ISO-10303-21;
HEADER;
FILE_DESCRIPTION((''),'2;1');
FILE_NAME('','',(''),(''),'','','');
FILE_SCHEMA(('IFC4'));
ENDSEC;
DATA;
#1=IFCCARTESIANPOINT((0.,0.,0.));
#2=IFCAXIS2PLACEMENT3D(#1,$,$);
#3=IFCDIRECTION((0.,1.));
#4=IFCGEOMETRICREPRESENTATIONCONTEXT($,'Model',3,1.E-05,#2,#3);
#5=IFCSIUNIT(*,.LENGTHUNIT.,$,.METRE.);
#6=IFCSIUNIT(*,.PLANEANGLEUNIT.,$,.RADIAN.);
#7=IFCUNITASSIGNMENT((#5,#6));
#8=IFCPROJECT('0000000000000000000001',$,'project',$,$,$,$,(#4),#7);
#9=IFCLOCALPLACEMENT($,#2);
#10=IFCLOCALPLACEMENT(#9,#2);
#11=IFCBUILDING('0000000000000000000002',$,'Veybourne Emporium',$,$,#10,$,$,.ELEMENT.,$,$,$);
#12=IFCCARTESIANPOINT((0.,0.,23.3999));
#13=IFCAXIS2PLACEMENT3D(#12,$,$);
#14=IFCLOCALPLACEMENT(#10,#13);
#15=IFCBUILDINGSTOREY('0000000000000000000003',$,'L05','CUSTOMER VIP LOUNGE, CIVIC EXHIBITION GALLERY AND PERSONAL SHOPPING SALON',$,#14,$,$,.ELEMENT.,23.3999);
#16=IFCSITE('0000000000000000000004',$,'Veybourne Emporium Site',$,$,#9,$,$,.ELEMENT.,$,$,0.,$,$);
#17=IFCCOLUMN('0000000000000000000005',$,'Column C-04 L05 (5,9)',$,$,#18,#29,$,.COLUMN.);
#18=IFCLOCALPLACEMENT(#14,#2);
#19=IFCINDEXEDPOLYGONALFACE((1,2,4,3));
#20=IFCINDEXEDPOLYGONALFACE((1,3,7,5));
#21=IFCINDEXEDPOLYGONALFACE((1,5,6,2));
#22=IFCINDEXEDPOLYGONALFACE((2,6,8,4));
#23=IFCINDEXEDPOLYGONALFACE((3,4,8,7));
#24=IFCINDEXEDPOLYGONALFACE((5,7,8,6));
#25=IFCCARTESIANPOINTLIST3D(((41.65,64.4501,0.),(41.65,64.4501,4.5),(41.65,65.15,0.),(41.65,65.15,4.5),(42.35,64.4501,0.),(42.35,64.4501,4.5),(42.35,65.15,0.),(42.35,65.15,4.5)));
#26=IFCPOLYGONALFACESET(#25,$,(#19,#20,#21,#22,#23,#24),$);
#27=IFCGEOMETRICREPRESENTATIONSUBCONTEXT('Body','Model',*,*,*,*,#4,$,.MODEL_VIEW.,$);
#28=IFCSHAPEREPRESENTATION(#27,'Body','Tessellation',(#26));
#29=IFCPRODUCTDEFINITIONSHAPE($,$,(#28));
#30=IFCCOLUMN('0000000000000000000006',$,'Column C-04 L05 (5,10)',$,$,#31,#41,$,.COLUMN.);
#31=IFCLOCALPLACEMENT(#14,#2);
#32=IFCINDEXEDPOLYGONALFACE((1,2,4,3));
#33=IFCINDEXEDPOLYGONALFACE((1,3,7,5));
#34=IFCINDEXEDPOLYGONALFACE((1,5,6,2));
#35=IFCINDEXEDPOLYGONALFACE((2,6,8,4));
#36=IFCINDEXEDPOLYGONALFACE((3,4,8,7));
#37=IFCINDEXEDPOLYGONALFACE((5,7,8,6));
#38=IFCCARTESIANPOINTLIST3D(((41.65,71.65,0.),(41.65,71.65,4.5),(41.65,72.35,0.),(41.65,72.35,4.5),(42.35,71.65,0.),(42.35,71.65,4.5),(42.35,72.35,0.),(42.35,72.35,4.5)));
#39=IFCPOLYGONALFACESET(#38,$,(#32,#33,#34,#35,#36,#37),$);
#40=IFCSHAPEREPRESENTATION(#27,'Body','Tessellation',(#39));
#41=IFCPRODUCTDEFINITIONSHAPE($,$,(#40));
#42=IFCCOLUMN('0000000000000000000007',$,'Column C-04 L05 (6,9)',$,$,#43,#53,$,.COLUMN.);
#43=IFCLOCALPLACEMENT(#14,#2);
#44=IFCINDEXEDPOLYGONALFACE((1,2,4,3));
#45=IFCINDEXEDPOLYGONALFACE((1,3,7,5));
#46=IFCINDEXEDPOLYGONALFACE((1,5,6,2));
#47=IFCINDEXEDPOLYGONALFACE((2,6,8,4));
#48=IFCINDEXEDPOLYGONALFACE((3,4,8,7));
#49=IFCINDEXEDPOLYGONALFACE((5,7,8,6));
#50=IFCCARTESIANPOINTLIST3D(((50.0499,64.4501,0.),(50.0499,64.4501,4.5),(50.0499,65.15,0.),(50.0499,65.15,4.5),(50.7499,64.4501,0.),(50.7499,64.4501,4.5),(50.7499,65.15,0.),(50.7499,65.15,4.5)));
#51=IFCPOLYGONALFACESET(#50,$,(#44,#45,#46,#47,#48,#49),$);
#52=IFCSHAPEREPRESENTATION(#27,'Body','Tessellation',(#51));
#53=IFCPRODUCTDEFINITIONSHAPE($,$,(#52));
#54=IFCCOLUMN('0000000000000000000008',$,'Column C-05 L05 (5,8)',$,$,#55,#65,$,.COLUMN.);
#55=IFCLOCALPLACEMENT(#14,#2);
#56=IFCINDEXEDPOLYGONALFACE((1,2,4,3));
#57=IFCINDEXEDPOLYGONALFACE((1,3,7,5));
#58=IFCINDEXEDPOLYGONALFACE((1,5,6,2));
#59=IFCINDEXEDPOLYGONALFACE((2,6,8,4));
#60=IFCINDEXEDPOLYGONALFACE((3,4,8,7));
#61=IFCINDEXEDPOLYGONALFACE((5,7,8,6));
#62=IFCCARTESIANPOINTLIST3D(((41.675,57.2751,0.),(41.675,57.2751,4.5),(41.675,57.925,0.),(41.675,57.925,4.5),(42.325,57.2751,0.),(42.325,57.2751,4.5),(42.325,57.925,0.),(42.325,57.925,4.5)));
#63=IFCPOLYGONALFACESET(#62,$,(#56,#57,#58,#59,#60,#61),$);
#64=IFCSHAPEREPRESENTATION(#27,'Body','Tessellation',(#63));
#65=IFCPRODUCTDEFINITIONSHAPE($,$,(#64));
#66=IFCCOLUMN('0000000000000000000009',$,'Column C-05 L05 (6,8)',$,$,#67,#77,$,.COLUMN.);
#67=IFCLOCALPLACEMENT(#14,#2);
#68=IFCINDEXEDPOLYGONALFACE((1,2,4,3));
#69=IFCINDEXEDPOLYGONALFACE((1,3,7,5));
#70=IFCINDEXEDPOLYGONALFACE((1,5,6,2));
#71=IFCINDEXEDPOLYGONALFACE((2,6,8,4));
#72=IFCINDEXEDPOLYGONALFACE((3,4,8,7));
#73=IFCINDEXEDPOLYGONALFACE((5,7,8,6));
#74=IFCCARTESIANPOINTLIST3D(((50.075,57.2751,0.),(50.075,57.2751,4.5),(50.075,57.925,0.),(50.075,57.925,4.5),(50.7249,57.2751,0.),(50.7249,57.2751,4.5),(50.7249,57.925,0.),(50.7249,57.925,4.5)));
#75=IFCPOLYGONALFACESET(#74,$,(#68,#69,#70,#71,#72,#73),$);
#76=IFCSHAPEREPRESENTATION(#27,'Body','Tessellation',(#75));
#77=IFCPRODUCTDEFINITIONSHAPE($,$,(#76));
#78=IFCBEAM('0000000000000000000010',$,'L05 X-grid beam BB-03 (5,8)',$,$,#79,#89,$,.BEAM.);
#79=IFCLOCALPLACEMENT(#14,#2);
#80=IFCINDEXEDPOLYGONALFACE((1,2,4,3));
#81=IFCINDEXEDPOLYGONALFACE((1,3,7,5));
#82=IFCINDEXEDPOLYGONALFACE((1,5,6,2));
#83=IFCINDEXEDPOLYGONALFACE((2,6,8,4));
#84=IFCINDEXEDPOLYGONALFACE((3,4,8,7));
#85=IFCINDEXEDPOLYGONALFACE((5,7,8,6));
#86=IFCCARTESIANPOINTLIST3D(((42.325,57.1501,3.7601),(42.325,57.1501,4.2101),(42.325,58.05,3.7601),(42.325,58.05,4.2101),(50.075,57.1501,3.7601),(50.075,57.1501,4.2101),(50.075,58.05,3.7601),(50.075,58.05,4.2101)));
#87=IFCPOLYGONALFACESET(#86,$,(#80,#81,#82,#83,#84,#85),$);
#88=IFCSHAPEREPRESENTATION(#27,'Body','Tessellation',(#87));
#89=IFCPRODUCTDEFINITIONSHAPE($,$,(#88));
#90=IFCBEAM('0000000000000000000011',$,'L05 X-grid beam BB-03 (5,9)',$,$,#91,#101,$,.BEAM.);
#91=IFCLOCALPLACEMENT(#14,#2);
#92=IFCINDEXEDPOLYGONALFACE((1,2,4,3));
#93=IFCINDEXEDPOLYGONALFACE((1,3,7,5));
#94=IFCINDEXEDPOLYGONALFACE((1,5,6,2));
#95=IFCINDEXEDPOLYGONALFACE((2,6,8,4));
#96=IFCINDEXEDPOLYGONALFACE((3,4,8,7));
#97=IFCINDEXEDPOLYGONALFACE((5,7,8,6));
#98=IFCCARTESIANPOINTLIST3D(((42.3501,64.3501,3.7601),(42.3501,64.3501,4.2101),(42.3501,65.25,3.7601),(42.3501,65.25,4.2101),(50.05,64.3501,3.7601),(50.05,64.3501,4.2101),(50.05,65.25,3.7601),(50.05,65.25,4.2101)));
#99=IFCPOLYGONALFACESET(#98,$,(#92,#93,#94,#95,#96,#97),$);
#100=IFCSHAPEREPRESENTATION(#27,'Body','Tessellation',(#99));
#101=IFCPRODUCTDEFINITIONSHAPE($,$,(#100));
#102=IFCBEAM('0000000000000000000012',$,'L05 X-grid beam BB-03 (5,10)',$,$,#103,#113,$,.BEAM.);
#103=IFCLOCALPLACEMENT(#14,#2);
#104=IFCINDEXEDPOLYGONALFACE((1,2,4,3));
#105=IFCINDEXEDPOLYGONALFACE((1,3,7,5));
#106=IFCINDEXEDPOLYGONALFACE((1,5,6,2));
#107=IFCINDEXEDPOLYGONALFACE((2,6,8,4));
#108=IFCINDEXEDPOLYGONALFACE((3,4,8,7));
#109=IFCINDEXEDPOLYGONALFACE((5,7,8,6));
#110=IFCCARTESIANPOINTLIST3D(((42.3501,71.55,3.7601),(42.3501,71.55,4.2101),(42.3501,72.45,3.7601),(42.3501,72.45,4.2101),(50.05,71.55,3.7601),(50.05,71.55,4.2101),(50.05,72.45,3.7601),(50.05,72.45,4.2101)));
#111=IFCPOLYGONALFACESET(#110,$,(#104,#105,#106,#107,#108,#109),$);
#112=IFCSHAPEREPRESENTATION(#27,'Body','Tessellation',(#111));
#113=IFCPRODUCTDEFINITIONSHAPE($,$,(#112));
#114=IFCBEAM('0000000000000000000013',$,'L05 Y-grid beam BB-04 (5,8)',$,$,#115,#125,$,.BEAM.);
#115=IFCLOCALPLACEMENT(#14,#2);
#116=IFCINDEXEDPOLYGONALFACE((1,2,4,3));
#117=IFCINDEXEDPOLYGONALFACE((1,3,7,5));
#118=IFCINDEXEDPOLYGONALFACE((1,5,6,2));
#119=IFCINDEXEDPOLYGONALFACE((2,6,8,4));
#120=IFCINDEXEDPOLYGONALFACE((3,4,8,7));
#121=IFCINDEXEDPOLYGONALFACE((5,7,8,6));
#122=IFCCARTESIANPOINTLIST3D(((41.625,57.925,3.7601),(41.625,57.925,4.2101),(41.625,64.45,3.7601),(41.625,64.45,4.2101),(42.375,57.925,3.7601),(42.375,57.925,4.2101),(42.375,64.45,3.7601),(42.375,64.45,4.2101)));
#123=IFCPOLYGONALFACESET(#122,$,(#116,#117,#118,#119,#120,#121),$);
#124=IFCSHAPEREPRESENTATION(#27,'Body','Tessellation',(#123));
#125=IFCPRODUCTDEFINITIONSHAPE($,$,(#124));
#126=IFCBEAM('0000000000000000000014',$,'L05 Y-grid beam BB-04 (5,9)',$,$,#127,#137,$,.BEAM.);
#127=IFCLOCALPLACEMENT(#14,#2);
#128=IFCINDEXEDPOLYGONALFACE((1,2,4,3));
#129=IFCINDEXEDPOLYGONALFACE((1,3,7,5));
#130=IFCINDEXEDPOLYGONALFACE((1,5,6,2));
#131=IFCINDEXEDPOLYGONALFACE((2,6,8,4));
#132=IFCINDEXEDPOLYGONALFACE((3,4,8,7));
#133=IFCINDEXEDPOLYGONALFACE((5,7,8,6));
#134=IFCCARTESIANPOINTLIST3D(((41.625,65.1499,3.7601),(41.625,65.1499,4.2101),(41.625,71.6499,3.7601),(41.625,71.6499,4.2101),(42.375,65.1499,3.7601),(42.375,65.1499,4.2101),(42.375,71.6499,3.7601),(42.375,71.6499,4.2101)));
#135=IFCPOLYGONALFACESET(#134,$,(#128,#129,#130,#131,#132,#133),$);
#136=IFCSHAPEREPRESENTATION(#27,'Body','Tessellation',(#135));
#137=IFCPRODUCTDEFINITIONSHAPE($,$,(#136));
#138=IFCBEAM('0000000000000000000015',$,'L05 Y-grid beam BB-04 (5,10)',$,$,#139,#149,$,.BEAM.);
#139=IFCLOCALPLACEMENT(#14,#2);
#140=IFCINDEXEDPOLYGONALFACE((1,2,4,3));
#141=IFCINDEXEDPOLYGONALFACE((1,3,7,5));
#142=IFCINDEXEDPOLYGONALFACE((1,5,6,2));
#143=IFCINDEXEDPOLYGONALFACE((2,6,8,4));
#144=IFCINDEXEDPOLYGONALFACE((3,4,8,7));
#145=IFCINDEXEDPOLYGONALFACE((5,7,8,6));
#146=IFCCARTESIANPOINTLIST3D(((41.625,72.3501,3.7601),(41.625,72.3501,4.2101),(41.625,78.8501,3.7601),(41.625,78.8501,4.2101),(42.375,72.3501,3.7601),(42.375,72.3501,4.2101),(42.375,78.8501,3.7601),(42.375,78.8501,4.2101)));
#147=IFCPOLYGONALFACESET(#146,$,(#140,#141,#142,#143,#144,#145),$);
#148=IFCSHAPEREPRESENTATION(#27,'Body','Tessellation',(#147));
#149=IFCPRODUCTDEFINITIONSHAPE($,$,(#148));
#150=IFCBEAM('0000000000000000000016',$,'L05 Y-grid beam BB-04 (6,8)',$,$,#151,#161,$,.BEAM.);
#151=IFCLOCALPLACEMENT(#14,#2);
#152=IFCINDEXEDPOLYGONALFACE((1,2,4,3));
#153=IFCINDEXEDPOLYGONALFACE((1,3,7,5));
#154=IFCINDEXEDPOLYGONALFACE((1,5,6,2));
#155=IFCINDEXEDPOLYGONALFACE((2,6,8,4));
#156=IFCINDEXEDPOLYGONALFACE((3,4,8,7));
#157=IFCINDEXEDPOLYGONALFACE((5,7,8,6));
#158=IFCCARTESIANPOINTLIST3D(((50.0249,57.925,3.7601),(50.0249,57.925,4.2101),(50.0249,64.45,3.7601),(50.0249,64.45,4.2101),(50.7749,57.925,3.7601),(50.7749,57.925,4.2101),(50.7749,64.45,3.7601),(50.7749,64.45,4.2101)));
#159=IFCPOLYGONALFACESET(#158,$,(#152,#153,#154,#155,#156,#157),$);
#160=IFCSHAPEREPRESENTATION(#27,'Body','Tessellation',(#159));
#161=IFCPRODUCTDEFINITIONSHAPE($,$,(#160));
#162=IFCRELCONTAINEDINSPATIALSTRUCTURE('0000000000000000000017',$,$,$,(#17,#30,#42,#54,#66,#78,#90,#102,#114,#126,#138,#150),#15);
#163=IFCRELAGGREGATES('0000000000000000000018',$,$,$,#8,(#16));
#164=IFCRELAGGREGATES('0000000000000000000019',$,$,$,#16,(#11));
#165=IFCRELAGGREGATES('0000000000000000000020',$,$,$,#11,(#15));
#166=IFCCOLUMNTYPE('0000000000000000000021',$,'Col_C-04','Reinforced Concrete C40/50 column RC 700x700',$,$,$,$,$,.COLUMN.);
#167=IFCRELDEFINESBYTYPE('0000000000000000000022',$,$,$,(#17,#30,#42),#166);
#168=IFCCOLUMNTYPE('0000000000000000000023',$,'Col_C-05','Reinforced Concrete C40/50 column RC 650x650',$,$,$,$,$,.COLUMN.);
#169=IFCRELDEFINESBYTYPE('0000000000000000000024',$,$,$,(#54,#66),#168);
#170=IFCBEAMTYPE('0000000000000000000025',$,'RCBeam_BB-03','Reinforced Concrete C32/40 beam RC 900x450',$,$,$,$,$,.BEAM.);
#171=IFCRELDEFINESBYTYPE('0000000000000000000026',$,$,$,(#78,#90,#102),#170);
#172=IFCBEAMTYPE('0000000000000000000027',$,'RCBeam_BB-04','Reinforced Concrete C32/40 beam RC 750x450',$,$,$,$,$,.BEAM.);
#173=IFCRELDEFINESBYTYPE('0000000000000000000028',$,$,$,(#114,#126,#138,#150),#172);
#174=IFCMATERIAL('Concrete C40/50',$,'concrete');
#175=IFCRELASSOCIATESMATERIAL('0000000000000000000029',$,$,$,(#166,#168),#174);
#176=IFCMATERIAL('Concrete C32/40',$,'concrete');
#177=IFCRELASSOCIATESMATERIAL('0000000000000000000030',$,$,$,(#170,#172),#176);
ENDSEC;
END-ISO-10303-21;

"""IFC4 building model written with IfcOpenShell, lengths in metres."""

from ifc_helpers import new_model, si_unit, direction, frame, origin, origin_2d, place, context, subcontext, project, spatial, rectangle, extrude, material, material_profile, profile_set, type_object, element, save


model = new_model("IFC4")

# Units and contexts
model_context = context("Model", 3, precision=1e-05, world=origin(), true_north=direction((0.0, 1.0)))
body_context = subcontext(model_context, "Body", "Model", "MODEL_VIEW")
ifc_project = project(units=[si_unit("LENGTHUNIT", "METRE"), si_unit("PLANEANGLEUNIT", "RADIAN")], contexts=[model_context])

# Site, building, storey
site_placement = place(None, origin())
site = spatial("IfcSite", under=ifc_project, at=site_placement, Name="Veybourne Emporium Site", CompositionType="ELEMENT", RefElevation=0.0)
building_placement = place(site_placement, origin())
building = spatial("IfcBuilding", under=site, at=building_placement, Name="Veybourne Emporium", CompositionType="ELEMENT")
storey_placement = place(building_placement, frame((0.0, 0.0, 23.3999)))
storey = spatial("IfcBuildingStorey", under=building, at=storey_placement, Name="L05", Description="CUSTOMER VIP LOUNGE, CIVIC EXHIBITION GALLERY AND PERSONAL SHOPPING SALON", CompositionType="ELEMENT", Elevation=23.3999)

# Columns
ifc_material_1 = material(Name="Concrete C40/50", Category="concrete")
ifc_material_profile_1 = material_profile(ifc_material_1, rectangle(XDim=0.7, YDim=0.7, at=origin_2d()), Name="RC 700x700")
ifc_profile_set_1 = profile_set([ifc_material_profile_1], Name="Concrete C40/50")
column_type_1 = type_object("IfcColumnType", Name="Col_C-04", Description="Reinforced Concrete C40/50 column RC 700x700", PredefinedType="COLUMN", material=ifc_profile_set_1)
for number, where, z_axis, x_axis, name in (
    (1, (42.0, 64.8, 0.0), (0.0, 0.0, 1.0), (1.0, 0.0, 0.0), "Column C-04 L05 (5,9)"),
    (2, (42.0, 72.0, 0.0), (0.0, 0.0, 1.0), (1.0, 0.0, 0.0), "Column C-04 L05 (5,10)"),
    (3, (50.3999, 64.8, 0.0), (0.0, 0.0, 1.0), (1.0, 0.0, 0.0), "Column C-04 L05 (6,9)"),
):
    element("IfcColumn", number, at=place(storey_placement, frame(where, z_axis=z_axis, x_axis=x_axis)), inside=storey, type_object=column_type_1, Name=name, PredefinedType="COLUMN", context=body_context, shape_type="SweptSolid", body=[
        extrude(rectangle(XDim=0.7, YDim=0.7, at=origin_2d()), origin(), (0.0, 0.0, 1.0), 4.5),
    ])
ifc_material_profile_2 = material_profile(ifc_material_1, rectangle(XDim=0.6499, YDim=0.6499, at=origin_2d()), Name="RC 650x650")
ifc_profile_set_2 = profile_set([ifc_material_profile_2], Name="Concrete C40/50")
column_type_2 = type_object("IfcColumnType", Name="Col_C-05", Description="Reinforced Concrete C40/50 column RC 650x650", PredefinedType="COLUMN", material=ifc_profile_set_2)
for number, where, z_axis, x_axis, name in (
    (4, (42.0, 57.6001, 0.0), (0.0, 0.0, 1.0), (1.0, 0.0, 0.0), "Column C-05 L05 (5,8)"),
    (5, (50.3999, 57.6001, 0.0), (0.0, 0.0, 1.0), (1.0, 0.0, 0.0), "Column C-05 L05 (6,8)"),
):
    element("IfcColumn", number, at=place(storey_placement, frame(where, z_axis=z_axis, x_axis=x_axis)), inside=storey, type_object=column_type_2, Name=name, PredefinedType="COLUMN", context=body_context, shape_type="SweptSolid", body=[
        extrude(rectangle(XDim=0.6499, YDim=0.6499, at=origin_2d()), origin(), (0.0, 0.0, 1.0), 4.5),
    ])

# Beams
ifc_material_2 = material(Name="Concrete C32/40", Category="concrete")
ifc_material_profile_3 = material_profile(ifc_material_2, rectangle(XDim=0.8999, YDim=0.45, at=origin_2d()), Name="RC 900x450")
ifc_profile_set_3 = profile_set([ifc_material_profile_3], Name="Concrete C32/40")
beam_type_1 = type_object("IfcBeamType", Name="RCBeam_BB-03", Description="Reinforced Concrete C32/40 beam RC 900x450", PredefinedType="BEAM", material=ifc_profile_set_3)
beam_1_placement = place(storey_placement, frame((42.325, 57.6001, 3.9851), z_axis=(1.0, 0.0, 0.0), x_axis=(0.0, 1.0, 0.0)))
element("IfcBeam", 6, at=beam_1_placement, inside=storey, type_object=beam_type_1, Name="L05 X-grid beam BB-03 (5,8)", PredefinedType="BEAM", context=body_context, shape_type="SweptSolid", body=[
    extrude(rectangle(XDim=0.8999, YDim=0.45, at=origin_2d()), origin(), (0.0, 0.0, 1.0), 7.75),
])
for number, where, z_axis, x_axis, name in (
    (7, (42.3501, 64.8, 3.9851), (1.0, 0.0, 0.0), (0.0, 1.0, 0.0), "L05 X-grid beam BB-03 (5,9)"),
    (8, (42.3501, 72.0, 3.9851), (1.0, 0.0, 0.0), (0.0, 1.0, 0.0), "L05 X-grid beam BB-03 (5,10)"),
):
    element("IfcBeam", number, at=place(storey_placement, frame(where, z_axis=z_axis, x_axis=x_axis)), inside=storey, type_object=beam_type_1, Name=name, PredefinedType="BEAM", context=body_context, shape_type="SweptSolid", body=[
        extrude(rectangle(XDim=0.8999, YDim=0.45, at=origin_2d()), origin(), (0.0, 0.0, 1.0), 7.7),
    ])
ifc_material_profile_4 = material_profile(ifc_material_2, rectangle(XDim=0.75, YDim=0.45, at=origin_2d()), Name="RC 750x450")
ifc_profile_set_4 = profile_set([ifc_material_profile_4], Name="Concrete C32/40")
beam_type_2 = type_object("IfcBeamType", Name="RCBeam_BB-04", Description="Reinforced Concrete C32/40 beam RC 750x450", PredefinedType="BEAM", material=ifc_profile_set_4)
beam_2_placement = place(storey_placement, frame((42.0, 57.925, 3.9851), z_axis=(0.0, 1.0, 0.0), x_axis=(-1.0, 0.0, 0.0)))
element("IfcBeam", 9, at=beam_2_placement, inside=storey, type_object=beam_type_2, Name="L05 Y-grid beam BB-04 (5,8)", PredefinedType="BEAM", context=body_context, shape_type="SweptSolid", body=[
    extrude(rectangle(XDim=0.75, YDim=0.45, at=origin_2d()), origin(), (0.0, 0.0, 1.0), 6.5249),
])
for number, where, z_axis, x_axis, name in (
    (10, (42.0, 65.1499, 3.9851), (0.0, 1.0, 0.0), (-1.0, 0.0, 0.0), "L05 Y-grid beam BB-04 (5,9)"),
    (11, (42.0, 72.3501, 3.9851), (0.0, 1.0, 0.0), (-1.0, 0.0, 0.0), "L05 Y-grid beam BB-04 (5,10)"),
):
    element("IfcBeam", number, at=place(storey_placement, frame(where, z_axis=z_axis, x_axis=x_axis)), inside=storey, type_object=beam_type_2, Name=name, PredefinedType="BEAM", context=body_context, shape_type="SweptSolid", body=[
        extrude(rectangle(XDim=0.75, YDim=0.45, at=origin_2d()), origin(), (0.0, 0.0, 1.0), 6.5),
    ])
beam_3_placement = place(storey_placement, frame((50.3999, 57.925, 3.9851), z_axis=(0.0, 1.0, 0.0), x_axis=(-1.0, 0.0, 0.0)))
element("IfcBeam", 12, at=beam_3_placement, inside=storey, type_object=beam_type_2, Name="L05 Y-grid beam BB-04 (6,8)", PredefinedType="BEAM", context=body_context, shape_type="SweptSolid", body=[
    extrude(rectangle(XDim=0.75, YDim=0.45, at=origin_2d()), origin(), (0.0, 0.0, 1.0), 6.5249),
])

save(model, "model.ifc")
